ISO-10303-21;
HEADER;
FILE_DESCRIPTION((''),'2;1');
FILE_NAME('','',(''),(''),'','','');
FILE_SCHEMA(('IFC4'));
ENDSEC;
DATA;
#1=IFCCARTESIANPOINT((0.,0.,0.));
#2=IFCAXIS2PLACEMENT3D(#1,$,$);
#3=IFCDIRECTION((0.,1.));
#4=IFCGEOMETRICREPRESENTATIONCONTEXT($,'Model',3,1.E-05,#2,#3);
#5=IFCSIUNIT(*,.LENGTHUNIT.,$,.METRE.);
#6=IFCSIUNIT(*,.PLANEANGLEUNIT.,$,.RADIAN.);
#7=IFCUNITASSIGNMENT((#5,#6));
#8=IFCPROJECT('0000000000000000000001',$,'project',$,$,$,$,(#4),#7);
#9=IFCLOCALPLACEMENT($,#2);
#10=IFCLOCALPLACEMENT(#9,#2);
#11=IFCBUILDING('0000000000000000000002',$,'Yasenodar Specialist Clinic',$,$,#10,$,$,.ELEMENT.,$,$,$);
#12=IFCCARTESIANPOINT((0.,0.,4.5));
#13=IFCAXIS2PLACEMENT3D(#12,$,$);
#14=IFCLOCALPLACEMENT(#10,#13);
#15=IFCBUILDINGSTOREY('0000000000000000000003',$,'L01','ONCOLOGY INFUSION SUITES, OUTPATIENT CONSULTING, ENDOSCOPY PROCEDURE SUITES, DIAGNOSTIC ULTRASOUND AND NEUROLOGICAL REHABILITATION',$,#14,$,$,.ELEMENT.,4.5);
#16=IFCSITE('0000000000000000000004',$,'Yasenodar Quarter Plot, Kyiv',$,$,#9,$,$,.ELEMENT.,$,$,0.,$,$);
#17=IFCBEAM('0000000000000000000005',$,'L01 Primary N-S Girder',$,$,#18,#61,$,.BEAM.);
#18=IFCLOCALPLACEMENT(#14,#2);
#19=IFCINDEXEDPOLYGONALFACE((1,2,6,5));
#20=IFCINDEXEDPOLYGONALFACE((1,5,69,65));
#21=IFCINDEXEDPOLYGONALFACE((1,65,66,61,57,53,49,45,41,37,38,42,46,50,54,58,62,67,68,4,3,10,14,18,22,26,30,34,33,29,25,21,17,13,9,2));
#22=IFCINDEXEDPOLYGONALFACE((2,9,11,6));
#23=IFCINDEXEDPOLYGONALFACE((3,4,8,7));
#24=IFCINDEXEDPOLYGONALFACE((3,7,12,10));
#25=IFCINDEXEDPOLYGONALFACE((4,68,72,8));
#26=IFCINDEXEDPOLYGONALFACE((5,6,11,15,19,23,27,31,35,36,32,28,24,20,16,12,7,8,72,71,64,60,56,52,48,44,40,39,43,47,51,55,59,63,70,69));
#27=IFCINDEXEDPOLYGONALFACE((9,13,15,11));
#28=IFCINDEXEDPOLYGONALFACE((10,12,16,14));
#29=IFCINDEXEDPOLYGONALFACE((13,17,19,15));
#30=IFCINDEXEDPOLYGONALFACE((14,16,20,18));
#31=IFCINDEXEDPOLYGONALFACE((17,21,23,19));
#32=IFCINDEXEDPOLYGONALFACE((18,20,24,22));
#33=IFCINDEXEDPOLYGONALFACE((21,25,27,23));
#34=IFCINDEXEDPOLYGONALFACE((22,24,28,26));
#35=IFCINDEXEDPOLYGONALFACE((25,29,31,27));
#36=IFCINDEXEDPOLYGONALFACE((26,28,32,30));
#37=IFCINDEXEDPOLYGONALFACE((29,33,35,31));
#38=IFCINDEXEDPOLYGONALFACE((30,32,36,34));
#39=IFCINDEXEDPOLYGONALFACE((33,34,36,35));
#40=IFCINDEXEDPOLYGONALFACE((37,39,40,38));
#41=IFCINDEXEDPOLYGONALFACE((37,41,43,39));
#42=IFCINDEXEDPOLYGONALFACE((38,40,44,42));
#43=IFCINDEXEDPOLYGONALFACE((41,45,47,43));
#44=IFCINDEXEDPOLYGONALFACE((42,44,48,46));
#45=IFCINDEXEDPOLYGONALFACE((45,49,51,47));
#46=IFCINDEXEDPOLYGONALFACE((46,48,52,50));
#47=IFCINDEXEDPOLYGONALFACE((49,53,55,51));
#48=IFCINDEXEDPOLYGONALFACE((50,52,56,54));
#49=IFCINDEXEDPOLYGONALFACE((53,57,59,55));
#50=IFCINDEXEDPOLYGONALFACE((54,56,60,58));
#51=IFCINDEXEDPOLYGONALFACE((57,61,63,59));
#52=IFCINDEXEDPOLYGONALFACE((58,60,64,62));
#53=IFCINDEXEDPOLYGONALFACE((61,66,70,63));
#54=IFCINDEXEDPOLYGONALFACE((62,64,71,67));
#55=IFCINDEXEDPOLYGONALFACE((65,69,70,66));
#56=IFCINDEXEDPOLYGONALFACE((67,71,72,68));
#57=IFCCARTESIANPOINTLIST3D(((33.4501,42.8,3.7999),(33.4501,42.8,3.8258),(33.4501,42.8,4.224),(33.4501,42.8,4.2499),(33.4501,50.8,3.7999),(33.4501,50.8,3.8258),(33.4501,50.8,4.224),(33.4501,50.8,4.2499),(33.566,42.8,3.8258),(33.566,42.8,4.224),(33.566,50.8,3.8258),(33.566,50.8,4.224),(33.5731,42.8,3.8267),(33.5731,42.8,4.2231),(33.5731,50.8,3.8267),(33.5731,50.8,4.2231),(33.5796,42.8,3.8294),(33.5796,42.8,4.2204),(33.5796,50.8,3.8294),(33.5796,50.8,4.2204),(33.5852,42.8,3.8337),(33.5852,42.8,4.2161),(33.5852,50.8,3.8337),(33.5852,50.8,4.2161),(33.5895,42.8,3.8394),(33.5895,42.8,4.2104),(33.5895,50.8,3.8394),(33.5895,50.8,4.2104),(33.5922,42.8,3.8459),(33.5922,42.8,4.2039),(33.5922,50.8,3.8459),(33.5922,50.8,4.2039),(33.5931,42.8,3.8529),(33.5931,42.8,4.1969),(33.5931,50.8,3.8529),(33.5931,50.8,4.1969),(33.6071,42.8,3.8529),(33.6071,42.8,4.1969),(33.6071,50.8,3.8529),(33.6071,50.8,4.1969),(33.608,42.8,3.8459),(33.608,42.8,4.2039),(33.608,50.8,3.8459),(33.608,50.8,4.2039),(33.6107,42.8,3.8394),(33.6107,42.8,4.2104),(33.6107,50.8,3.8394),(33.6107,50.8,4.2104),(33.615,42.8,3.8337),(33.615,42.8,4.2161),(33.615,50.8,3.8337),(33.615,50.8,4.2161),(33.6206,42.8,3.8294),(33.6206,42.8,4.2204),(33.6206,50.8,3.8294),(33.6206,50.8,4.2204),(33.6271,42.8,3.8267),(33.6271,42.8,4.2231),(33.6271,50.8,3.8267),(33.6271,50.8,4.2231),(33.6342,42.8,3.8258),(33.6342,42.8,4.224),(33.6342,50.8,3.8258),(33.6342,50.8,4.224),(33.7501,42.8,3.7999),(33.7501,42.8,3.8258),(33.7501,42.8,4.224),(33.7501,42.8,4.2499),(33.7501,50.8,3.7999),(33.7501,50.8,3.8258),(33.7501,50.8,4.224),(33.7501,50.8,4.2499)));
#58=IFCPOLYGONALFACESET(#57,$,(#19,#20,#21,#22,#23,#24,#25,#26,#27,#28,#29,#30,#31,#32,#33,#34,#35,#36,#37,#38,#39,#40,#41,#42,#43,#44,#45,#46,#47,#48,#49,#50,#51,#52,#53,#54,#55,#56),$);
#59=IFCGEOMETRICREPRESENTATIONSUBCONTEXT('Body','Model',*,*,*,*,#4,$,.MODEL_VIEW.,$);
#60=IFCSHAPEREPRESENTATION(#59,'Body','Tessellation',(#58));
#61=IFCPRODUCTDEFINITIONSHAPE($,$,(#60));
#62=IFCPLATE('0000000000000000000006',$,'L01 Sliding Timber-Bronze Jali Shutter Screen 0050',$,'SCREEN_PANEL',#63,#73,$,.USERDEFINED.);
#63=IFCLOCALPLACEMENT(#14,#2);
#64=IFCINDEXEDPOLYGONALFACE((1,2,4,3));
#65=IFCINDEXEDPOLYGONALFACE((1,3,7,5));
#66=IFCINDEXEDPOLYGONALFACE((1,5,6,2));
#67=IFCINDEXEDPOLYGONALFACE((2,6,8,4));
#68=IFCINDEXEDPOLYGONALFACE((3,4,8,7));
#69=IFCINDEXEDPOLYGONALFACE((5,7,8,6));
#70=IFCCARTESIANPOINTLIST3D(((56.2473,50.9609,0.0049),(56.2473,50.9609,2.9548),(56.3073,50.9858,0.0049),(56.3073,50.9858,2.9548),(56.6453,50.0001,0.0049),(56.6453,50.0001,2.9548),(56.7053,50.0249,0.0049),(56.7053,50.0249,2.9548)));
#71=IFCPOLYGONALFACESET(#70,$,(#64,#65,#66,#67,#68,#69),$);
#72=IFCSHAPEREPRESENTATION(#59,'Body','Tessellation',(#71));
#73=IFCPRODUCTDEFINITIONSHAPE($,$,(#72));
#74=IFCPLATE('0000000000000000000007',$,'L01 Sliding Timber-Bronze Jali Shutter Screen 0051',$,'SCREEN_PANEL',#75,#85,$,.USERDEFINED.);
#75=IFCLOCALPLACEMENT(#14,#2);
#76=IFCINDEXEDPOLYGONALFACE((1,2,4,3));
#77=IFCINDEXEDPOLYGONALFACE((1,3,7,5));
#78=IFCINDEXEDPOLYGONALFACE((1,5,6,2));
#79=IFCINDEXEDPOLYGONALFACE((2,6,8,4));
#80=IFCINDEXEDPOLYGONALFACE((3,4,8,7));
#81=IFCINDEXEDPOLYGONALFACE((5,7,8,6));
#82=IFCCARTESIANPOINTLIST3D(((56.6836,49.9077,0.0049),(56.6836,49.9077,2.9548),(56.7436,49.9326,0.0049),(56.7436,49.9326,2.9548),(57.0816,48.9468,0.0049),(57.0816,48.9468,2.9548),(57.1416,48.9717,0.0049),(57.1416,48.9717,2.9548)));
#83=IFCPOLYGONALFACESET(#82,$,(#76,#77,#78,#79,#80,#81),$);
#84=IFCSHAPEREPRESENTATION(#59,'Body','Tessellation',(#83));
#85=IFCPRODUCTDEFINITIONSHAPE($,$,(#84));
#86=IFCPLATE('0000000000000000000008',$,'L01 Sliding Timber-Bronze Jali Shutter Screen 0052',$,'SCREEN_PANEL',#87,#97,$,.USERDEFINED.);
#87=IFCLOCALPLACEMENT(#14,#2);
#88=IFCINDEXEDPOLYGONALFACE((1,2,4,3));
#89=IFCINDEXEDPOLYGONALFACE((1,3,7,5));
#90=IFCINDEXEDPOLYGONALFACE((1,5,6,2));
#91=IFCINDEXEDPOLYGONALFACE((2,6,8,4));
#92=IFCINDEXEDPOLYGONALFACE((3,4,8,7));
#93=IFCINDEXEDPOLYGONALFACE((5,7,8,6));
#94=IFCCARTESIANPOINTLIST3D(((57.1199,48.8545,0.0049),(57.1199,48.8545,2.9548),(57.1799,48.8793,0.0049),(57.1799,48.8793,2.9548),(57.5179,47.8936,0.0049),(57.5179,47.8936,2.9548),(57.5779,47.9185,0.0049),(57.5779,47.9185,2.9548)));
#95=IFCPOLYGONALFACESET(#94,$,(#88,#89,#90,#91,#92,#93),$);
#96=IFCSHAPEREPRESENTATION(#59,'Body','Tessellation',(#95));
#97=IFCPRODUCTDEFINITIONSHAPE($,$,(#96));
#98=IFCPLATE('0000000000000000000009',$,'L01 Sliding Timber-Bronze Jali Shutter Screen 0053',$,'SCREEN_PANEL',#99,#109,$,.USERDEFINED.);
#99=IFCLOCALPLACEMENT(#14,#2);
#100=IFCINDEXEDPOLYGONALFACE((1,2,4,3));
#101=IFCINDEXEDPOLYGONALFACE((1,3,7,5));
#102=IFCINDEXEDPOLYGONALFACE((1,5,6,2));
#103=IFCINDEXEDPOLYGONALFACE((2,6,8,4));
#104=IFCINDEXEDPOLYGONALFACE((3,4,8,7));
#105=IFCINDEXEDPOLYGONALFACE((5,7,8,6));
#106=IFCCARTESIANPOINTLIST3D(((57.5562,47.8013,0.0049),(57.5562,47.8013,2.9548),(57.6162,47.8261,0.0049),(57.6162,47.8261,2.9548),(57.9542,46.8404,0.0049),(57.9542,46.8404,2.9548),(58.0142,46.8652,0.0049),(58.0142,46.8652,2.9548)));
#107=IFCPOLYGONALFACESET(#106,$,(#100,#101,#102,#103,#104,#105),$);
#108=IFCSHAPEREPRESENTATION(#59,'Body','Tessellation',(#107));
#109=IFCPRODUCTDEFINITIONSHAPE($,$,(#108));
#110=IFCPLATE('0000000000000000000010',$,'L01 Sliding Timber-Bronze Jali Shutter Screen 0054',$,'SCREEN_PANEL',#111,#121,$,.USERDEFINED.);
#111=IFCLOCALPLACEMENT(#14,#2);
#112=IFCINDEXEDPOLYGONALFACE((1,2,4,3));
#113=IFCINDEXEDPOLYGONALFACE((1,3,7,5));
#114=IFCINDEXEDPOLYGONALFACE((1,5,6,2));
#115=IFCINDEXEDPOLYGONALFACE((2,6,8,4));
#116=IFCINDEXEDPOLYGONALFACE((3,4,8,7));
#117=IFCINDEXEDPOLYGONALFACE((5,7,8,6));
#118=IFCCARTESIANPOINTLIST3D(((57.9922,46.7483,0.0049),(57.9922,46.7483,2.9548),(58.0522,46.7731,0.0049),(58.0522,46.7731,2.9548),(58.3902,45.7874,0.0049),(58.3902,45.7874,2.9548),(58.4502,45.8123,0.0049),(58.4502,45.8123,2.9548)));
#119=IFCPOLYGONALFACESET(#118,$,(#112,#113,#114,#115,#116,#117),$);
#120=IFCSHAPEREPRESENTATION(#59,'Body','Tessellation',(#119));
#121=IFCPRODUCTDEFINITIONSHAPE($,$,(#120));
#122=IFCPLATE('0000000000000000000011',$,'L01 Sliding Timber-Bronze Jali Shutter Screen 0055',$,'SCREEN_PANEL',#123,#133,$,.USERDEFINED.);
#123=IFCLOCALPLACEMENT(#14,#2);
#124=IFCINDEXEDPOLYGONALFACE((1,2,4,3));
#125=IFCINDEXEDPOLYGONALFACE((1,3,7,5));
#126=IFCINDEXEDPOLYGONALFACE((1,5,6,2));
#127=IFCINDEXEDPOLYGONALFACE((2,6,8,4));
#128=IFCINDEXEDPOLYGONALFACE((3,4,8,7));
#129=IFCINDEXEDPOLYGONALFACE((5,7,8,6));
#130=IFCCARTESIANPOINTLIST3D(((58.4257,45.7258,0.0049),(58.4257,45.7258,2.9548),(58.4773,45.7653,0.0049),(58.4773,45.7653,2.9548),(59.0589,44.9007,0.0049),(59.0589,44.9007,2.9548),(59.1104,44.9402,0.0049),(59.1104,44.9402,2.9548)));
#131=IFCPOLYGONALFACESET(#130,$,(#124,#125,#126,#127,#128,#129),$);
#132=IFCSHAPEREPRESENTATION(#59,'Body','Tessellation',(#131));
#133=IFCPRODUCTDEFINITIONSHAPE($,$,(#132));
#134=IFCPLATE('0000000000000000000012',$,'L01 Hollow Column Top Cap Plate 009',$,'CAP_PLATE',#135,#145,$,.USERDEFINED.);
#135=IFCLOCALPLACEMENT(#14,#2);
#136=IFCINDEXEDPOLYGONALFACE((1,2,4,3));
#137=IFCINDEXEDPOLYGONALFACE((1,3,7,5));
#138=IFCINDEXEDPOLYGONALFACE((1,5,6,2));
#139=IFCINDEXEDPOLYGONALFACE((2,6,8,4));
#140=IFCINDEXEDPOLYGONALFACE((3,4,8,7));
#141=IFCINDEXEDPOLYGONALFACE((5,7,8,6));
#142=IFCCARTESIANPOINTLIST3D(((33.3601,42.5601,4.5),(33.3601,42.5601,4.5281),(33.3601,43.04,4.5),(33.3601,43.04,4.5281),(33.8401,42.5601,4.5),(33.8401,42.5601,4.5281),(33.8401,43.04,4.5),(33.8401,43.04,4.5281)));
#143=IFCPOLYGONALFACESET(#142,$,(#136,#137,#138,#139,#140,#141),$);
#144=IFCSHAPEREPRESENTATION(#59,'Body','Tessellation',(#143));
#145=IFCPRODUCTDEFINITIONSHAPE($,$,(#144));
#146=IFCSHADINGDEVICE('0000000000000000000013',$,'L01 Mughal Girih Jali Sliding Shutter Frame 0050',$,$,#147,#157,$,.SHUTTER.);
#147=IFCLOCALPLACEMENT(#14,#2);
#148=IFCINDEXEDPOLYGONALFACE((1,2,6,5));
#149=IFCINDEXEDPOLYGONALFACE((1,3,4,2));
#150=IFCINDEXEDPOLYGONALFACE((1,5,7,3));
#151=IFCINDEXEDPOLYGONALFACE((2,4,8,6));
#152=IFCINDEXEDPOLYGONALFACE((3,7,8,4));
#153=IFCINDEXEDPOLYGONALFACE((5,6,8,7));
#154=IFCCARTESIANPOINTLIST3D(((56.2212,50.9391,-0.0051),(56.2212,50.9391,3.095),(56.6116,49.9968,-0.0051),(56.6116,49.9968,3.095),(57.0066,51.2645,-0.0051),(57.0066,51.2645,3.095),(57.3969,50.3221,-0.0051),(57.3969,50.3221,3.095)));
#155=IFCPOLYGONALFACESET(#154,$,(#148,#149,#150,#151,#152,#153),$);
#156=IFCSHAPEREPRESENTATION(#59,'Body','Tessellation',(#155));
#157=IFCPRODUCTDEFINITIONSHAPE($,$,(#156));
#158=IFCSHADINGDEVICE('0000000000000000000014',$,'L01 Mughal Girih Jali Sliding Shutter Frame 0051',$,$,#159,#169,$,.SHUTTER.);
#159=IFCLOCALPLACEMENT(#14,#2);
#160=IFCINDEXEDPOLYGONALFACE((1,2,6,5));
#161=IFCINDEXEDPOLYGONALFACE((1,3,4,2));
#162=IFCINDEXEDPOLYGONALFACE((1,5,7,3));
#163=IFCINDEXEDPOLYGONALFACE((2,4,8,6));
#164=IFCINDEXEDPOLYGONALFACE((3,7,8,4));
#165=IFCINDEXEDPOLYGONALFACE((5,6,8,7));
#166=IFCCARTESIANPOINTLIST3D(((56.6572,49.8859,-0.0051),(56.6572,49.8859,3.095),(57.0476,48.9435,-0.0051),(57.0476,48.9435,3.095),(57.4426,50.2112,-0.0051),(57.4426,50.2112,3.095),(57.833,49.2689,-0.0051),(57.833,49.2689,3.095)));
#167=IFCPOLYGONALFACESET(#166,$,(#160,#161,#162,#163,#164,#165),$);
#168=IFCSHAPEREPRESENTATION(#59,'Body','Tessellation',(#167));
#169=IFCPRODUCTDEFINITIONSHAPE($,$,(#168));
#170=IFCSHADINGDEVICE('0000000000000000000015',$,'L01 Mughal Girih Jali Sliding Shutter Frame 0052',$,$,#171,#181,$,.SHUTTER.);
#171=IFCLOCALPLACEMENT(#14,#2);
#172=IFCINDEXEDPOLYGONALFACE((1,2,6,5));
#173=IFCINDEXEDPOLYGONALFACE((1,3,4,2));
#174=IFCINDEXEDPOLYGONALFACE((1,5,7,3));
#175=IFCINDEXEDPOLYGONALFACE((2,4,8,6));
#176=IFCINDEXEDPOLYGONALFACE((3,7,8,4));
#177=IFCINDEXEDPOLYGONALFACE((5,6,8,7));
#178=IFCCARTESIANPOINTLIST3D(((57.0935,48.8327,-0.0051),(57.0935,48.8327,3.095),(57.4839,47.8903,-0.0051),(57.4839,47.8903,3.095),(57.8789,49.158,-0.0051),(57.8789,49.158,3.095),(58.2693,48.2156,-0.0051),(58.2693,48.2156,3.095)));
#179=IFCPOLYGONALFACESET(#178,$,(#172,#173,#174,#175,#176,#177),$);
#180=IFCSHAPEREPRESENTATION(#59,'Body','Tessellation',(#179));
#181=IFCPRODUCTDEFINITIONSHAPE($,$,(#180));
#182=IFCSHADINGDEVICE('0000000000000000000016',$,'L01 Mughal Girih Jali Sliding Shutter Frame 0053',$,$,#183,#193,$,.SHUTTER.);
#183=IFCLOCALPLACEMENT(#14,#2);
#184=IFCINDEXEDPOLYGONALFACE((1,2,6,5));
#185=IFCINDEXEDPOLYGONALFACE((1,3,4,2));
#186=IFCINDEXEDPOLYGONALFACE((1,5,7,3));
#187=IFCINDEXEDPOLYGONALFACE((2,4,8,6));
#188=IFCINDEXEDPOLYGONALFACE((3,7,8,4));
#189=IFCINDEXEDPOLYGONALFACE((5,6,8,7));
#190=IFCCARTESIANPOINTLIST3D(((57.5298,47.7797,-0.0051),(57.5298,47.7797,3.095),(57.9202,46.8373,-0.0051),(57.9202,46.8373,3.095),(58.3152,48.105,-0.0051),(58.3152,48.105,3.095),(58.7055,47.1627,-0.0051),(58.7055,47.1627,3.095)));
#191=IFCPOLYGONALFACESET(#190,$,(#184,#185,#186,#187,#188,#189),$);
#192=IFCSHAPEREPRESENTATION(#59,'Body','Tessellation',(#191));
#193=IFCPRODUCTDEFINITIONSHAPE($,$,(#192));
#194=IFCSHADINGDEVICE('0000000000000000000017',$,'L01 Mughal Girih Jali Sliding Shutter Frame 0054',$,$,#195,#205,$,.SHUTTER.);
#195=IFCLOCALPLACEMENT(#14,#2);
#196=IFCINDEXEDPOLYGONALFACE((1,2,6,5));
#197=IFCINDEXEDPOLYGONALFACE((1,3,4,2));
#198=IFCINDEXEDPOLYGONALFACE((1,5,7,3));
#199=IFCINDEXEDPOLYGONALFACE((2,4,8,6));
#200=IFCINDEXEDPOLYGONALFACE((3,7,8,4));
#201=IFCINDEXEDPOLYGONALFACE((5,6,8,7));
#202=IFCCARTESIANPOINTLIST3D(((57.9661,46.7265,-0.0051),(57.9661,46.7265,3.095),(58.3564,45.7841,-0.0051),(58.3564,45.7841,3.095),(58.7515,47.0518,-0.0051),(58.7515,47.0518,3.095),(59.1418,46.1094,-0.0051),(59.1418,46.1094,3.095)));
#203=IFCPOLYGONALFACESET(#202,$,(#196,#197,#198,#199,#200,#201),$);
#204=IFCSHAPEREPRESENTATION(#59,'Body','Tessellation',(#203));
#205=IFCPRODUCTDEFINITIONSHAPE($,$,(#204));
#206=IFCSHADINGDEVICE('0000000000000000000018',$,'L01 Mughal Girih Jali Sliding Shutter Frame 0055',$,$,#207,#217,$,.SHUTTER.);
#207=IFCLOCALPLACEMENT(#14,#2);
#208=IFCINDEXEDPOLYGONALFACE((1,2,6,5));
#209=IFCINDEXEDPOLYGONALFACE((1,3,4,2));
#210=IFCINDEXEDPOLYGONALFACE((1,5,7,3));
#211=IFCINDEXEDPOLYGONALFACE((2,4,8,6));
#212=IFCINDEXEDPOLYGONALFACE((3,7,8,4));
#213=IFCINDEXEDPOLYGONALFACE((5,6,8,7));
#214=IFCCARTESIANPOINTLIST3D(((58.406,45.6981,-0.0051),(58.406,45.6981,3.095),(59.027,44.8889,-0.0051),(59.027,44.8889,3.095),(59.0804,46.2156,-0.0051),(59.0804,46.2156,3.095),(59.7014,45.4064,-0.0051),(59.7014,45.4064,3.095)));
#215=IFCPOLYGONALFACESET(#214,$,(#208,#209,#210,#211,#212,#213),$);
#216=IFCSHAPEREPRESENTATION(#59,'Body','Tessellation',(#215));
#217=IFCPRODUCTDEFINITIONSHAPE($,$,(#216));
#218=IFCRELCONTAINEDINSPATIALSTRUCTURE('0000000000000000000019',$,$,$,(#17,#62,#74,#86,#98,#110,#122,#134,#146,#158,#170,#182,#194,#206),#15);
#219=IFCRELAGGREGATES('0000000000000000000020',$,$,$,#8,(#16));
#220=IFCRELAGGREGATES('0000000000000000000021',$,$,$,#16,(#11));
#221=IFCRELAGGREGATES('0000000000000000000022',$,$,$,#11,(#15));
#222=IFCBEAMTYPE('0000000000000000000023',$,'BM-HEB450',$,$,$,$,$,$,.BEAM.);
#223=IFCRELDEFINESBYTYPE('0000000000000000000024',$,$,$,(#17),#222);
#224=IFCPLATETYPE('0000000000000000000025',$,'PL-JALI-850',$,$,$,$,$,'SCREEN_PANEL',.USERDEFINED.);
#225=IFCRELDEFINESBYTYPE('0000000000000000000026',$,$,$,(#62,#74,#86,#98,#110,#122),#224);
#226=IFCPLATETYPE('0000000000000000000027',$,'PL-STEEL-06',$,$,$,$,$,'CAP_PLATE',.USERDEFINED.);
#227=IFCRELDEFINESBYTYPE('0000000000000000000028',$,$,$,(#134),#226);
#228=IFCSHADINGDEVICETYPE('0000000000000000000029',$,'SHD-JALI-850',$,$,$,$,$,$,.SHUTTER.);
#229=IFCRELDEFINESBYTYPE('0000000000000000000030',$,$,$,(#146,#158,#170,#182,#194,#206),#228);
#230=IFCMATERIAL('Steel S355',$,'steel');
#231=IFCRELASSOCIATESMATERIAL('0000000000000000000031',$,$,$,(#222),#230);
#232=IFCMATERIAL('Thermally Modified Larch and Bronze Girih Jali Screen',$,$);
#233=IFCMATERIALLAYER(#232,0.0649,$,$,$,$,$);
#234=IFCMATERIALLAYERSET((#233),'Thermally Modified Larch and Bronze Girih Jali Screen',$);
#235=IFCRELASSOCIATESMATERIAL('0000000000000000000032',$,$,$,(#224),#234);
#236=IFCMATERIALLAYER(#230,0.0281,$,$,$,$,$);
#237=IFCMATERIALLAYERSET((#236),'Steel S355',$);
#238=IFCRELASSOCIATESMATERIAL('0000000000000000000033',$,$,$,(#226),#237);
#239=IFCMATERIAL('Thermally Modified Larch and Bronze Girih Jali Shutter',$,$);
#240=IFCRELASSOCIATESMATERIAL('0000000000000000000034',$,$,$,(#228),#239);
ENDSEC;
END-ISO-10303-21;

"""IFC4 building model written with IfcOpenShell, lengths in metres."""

from ifc_helpers import new_model, si_unit, direction, frame, origin, origin_2d, place, context, subcontext, project, spatial, rectangle, i_section, extrude, material, layer, layer_set, material_profile, profile_set, type_object, element, save


model = new_model("IFC4")

# Units and contexts
model_context = context("Model", 3, precision=1e-05, world=origin(), true_north=direction((0.0, 1.0)))
body_context = subcontext(model_context, "Body", "Model", "MODEL_VIEW")
ifc_project = project(units=[si_unit("LENGTHUNIT", "METRE"), si_unit("PLANEANGLEUNIT", "RADIAN")], contexts=[model_context])

# Site, building, storey
site_placement = place(None, origin())
site = spatial("IfcSite", under=ifc_project, at=site_placement, Name="Yasenodar Quarter Plot, Kyiv", CompositionType="ELEMENT", RefElevation=0.0)
building_placement = place(site_placement, origin())
building = spatial("IfcBuilding", under=site, at=building_placement, Name="Yasenodar Specialist Clinic", CompositionType="ELEMENT")
storey_placement = place(building_placement, frame((0.0, 0.0, 4.5)))
storey = spatial("IfcBuildingStorey", under=building, at=storey_placement, Name="L01", Description="ONCOLOGY INFUSION SUITES, OUTPATIENT CONSULTING, ENDOSCOPY PROCEDURE SUITES, DIAGNOSTIC ULTRASOUND AND NEUROLOGICAL REHABILITATION", CompositionType="ELEMENT", Elevation=4.5)

# Shared definitions
ifc_material_1 = material(Name="Steel S355", Category="steel")

# Beam
ifc_material_profile_1 = material_profile(ifc_material_1, i_section(OverallWidth=0.3, OverallDepth=0.45, WebThickness=0.0139, FlangeThickness=0.0259, FilletRadius=0.0271, at=origin_2d()), Name="HEB 450")
ifc_profile_set_1 = profile_set([ifc_material_profile_1], Name="Steel S355")
beam_type_1 = type_object("IfcBeamType", Name="BM-HEB450", PredefinedType="BEAM", material=ifc_profile_set_1)
beam_1_placement = place(storey_placement, frame((33.6001, 42.8, 4.0249), z_axis=(0.0, 1.0, 0.0), x_axis=(-1.0, 0.0, 0.0)))
element("IfcBeam", 1, at=beam_1_placement, inside=storey, type_object=beam_type_1, Name="L01 Primary N-S Girder", PredefinedType="BEAM", context=body_context, shape_type="SweptSolid", body=[
    extrude(i_section(OverallWidth=0.3, OverallDepth=0.45, WebThickness=0.0139, FlangeThickness=0.0259, FilletRadius=0.0271, at=origin_2d()), origin(), (0.0, 0.0, 1.0), 8.0),
])

# Plates
ifc_material_2 = material(Name="Thermally Modified Larch and Bronze Girih Jali Screen")
ifc_layer_1 = layer(ifc_material_2, 0.0649)
ifc_layer_set_1 = layer_set([ifc_layer_1], Name="Thermally Modified Larch and Bronze Girih Jali Screen")
plate_type_1 = type_object("IfcPlateType", Name="PL-JALI-850", ElementType="SCREEN_PANEL", PredefinedType="USERDEFINED", material=ifc_layer_set_1)
for number, where, z_axis, x_axis, name in (
    (2, (56.4763, 50.4929, 0.0049), (0.0, 0.0, 1.0), (0.382687, -0.923878, 0.0), "L01 Sliding Timber-Bronze Jali Shutter Screen 0050"),
    (3, (56.9126, 49.4397, 0.0049), (0.0, 0.0, 1.0), (0.382687, -0.923878, 0.0), "L01 Sliding Timber-Bronze Jali Shutter Screen 0051"),
    (4, (57.3489, 48.3865, 0.0049), (0.0, 0.0, 1.0), (0.382687, -0.923878, 0.0), "L01 Sliding Timber-Bronze Jali Shutter Screen 0052"),
    (5, (57.7852, 47.3333, 0.0049), (0.0, 0.0, 1.0), (0.382687, -0.923878, 0.0), "L01 Sliding Timber-Bronze Jali Shutter Screen 0053"),
    (6, (58.2212, 46.2803, 0.0049), (0.0, 0.0, 1.0), (0.382687, -0.923878, 0.0), "L01 Sliding Timber-Bronze Jali Shutter Screen 0054"),
    (7, (58.7681, 45.333, 0.0049), (0.0, 0.0, 1.0), (0.608764, -0.793351, 0.0), "L01 Sliding Timber-Bronze Jali Shutter Screen 0055"),
):
    element("IfcPlate", number, at=place(storey_placement, frame(where, z_axis=z_axis, x_axis=x_axis)), inside=storey, type_object=plate_type_1, Name=name, ObjectType="SCREEN_PANEL", PredefinedType="USERDEFINED", context=body_context, shape_type="SweptSolid", body=[
        extrude(rectangle(XDim=1.04, YDim=0.0649, at=origin_2d()), origin(), (0.0, 0.0, 1.0), 2.95),
    ])
ifc_layer_2 = layer(ifc_material_1, 0.0281)
ifc_layer_set_2 = layer_set([ifc_layer_2], Name="Steel S355")
plate_type_2 = type_object("IfcPlateType", Name="PL-STEEL-06", ElementType="CAP_PLATE", PredefinedType="USERDEFINED", material=ifc_layer_set_2)
plate_placement = place(storey_placement, frame((33.6001, 42.8, 4.5), z_axis=(0.0, 0.0, 1.0), x_axis=(1.0, 0.0, 0.0)))
element("IfcPlate", 8, at=plate_placement, inside=storey, type_object=plate_type_2, Name="L01 Hollow Column Top Cap Plate 009", ObjectType="CAP_PLATE", PredefinedType="USERDEFINED", context=body_context, shape_type="SweptSolid", body=[
    extrude(rectangle(XDim=0.48, YDim=0.48, at=origin_2d()), origin(), (0.0, 0.0, 1.0), 0.0281),
])

# Shading devices
ifc_material_3 = material(Name="Thermally Modified Larch and Bronze Girih Jali Shutter")
shading_device_type = type_object("IfcShadingDeviceType", Name="SHD-JALI-850", PredefinedType="SHUTTER", material=ifc_material_3)
for number, where, z_axis, x_axis, name in (
    (9, (56.8091, 50.6306, -0.0051), (0.0, 0.0, 1.0), (0.382687, -0.923878, 0.0), "L01 Mughal Girih Jali Sliding Shutter Frame 0050"),
    (10, (57.2451, 49.5774, -0.0051), (0.0, 0.0, 1.0), (0.382687, -0.923878, 0.0), "L01 Mughal Girih Jali Sliding Shutter Frame 0051"),
    (11, (57.6814, 48.5242, -0.0051), (0.0, 0.0, 1.0), (0.382687, -0.923878, 0.0), "L01 Mughal Girih Jali Sliding Shutter Frame 0052"),
    (12, (58.1177, 47.4712, -0.0051), (0.0, 0.0, 1.0), (0.382687, -0.923878, 0.0), "L01 Mughal Girih Jali Sliding Shutter Frame 0053"),
    (13, (58.554, 46.418, -0.0051), (0.0, 0.0, 1.0), (0.382687, -0.923878, 0.0), "L01 Mughal Girih Jali Sliding Shutter Frame 0054"),
    (14, (59.0537, 45.5522, -0.0051), (0.0, 0.0, 1.0), (0.608764, -0.793351, 0.0), "L01 Mughal Girih Jali Sliding Shutter Frame 0055"),
):
    element("IfcShadingDevice", number, at=place(storey_placement, frame(where, z_axis=z_axis, x_axis=x_axis)), inside=storey, type_object=shading_device_type, Name=name, PredefinedType="SHUTTER", context=body_context, shape_type="SweptSolid", body=[
        extrude(rectangle(XDim=1.02, YDim=0.8501, at=origin_2d()), origin(), (0.0, 0.0, 1.0), 3.1001),
    ])

save(model, "model.ifc")
